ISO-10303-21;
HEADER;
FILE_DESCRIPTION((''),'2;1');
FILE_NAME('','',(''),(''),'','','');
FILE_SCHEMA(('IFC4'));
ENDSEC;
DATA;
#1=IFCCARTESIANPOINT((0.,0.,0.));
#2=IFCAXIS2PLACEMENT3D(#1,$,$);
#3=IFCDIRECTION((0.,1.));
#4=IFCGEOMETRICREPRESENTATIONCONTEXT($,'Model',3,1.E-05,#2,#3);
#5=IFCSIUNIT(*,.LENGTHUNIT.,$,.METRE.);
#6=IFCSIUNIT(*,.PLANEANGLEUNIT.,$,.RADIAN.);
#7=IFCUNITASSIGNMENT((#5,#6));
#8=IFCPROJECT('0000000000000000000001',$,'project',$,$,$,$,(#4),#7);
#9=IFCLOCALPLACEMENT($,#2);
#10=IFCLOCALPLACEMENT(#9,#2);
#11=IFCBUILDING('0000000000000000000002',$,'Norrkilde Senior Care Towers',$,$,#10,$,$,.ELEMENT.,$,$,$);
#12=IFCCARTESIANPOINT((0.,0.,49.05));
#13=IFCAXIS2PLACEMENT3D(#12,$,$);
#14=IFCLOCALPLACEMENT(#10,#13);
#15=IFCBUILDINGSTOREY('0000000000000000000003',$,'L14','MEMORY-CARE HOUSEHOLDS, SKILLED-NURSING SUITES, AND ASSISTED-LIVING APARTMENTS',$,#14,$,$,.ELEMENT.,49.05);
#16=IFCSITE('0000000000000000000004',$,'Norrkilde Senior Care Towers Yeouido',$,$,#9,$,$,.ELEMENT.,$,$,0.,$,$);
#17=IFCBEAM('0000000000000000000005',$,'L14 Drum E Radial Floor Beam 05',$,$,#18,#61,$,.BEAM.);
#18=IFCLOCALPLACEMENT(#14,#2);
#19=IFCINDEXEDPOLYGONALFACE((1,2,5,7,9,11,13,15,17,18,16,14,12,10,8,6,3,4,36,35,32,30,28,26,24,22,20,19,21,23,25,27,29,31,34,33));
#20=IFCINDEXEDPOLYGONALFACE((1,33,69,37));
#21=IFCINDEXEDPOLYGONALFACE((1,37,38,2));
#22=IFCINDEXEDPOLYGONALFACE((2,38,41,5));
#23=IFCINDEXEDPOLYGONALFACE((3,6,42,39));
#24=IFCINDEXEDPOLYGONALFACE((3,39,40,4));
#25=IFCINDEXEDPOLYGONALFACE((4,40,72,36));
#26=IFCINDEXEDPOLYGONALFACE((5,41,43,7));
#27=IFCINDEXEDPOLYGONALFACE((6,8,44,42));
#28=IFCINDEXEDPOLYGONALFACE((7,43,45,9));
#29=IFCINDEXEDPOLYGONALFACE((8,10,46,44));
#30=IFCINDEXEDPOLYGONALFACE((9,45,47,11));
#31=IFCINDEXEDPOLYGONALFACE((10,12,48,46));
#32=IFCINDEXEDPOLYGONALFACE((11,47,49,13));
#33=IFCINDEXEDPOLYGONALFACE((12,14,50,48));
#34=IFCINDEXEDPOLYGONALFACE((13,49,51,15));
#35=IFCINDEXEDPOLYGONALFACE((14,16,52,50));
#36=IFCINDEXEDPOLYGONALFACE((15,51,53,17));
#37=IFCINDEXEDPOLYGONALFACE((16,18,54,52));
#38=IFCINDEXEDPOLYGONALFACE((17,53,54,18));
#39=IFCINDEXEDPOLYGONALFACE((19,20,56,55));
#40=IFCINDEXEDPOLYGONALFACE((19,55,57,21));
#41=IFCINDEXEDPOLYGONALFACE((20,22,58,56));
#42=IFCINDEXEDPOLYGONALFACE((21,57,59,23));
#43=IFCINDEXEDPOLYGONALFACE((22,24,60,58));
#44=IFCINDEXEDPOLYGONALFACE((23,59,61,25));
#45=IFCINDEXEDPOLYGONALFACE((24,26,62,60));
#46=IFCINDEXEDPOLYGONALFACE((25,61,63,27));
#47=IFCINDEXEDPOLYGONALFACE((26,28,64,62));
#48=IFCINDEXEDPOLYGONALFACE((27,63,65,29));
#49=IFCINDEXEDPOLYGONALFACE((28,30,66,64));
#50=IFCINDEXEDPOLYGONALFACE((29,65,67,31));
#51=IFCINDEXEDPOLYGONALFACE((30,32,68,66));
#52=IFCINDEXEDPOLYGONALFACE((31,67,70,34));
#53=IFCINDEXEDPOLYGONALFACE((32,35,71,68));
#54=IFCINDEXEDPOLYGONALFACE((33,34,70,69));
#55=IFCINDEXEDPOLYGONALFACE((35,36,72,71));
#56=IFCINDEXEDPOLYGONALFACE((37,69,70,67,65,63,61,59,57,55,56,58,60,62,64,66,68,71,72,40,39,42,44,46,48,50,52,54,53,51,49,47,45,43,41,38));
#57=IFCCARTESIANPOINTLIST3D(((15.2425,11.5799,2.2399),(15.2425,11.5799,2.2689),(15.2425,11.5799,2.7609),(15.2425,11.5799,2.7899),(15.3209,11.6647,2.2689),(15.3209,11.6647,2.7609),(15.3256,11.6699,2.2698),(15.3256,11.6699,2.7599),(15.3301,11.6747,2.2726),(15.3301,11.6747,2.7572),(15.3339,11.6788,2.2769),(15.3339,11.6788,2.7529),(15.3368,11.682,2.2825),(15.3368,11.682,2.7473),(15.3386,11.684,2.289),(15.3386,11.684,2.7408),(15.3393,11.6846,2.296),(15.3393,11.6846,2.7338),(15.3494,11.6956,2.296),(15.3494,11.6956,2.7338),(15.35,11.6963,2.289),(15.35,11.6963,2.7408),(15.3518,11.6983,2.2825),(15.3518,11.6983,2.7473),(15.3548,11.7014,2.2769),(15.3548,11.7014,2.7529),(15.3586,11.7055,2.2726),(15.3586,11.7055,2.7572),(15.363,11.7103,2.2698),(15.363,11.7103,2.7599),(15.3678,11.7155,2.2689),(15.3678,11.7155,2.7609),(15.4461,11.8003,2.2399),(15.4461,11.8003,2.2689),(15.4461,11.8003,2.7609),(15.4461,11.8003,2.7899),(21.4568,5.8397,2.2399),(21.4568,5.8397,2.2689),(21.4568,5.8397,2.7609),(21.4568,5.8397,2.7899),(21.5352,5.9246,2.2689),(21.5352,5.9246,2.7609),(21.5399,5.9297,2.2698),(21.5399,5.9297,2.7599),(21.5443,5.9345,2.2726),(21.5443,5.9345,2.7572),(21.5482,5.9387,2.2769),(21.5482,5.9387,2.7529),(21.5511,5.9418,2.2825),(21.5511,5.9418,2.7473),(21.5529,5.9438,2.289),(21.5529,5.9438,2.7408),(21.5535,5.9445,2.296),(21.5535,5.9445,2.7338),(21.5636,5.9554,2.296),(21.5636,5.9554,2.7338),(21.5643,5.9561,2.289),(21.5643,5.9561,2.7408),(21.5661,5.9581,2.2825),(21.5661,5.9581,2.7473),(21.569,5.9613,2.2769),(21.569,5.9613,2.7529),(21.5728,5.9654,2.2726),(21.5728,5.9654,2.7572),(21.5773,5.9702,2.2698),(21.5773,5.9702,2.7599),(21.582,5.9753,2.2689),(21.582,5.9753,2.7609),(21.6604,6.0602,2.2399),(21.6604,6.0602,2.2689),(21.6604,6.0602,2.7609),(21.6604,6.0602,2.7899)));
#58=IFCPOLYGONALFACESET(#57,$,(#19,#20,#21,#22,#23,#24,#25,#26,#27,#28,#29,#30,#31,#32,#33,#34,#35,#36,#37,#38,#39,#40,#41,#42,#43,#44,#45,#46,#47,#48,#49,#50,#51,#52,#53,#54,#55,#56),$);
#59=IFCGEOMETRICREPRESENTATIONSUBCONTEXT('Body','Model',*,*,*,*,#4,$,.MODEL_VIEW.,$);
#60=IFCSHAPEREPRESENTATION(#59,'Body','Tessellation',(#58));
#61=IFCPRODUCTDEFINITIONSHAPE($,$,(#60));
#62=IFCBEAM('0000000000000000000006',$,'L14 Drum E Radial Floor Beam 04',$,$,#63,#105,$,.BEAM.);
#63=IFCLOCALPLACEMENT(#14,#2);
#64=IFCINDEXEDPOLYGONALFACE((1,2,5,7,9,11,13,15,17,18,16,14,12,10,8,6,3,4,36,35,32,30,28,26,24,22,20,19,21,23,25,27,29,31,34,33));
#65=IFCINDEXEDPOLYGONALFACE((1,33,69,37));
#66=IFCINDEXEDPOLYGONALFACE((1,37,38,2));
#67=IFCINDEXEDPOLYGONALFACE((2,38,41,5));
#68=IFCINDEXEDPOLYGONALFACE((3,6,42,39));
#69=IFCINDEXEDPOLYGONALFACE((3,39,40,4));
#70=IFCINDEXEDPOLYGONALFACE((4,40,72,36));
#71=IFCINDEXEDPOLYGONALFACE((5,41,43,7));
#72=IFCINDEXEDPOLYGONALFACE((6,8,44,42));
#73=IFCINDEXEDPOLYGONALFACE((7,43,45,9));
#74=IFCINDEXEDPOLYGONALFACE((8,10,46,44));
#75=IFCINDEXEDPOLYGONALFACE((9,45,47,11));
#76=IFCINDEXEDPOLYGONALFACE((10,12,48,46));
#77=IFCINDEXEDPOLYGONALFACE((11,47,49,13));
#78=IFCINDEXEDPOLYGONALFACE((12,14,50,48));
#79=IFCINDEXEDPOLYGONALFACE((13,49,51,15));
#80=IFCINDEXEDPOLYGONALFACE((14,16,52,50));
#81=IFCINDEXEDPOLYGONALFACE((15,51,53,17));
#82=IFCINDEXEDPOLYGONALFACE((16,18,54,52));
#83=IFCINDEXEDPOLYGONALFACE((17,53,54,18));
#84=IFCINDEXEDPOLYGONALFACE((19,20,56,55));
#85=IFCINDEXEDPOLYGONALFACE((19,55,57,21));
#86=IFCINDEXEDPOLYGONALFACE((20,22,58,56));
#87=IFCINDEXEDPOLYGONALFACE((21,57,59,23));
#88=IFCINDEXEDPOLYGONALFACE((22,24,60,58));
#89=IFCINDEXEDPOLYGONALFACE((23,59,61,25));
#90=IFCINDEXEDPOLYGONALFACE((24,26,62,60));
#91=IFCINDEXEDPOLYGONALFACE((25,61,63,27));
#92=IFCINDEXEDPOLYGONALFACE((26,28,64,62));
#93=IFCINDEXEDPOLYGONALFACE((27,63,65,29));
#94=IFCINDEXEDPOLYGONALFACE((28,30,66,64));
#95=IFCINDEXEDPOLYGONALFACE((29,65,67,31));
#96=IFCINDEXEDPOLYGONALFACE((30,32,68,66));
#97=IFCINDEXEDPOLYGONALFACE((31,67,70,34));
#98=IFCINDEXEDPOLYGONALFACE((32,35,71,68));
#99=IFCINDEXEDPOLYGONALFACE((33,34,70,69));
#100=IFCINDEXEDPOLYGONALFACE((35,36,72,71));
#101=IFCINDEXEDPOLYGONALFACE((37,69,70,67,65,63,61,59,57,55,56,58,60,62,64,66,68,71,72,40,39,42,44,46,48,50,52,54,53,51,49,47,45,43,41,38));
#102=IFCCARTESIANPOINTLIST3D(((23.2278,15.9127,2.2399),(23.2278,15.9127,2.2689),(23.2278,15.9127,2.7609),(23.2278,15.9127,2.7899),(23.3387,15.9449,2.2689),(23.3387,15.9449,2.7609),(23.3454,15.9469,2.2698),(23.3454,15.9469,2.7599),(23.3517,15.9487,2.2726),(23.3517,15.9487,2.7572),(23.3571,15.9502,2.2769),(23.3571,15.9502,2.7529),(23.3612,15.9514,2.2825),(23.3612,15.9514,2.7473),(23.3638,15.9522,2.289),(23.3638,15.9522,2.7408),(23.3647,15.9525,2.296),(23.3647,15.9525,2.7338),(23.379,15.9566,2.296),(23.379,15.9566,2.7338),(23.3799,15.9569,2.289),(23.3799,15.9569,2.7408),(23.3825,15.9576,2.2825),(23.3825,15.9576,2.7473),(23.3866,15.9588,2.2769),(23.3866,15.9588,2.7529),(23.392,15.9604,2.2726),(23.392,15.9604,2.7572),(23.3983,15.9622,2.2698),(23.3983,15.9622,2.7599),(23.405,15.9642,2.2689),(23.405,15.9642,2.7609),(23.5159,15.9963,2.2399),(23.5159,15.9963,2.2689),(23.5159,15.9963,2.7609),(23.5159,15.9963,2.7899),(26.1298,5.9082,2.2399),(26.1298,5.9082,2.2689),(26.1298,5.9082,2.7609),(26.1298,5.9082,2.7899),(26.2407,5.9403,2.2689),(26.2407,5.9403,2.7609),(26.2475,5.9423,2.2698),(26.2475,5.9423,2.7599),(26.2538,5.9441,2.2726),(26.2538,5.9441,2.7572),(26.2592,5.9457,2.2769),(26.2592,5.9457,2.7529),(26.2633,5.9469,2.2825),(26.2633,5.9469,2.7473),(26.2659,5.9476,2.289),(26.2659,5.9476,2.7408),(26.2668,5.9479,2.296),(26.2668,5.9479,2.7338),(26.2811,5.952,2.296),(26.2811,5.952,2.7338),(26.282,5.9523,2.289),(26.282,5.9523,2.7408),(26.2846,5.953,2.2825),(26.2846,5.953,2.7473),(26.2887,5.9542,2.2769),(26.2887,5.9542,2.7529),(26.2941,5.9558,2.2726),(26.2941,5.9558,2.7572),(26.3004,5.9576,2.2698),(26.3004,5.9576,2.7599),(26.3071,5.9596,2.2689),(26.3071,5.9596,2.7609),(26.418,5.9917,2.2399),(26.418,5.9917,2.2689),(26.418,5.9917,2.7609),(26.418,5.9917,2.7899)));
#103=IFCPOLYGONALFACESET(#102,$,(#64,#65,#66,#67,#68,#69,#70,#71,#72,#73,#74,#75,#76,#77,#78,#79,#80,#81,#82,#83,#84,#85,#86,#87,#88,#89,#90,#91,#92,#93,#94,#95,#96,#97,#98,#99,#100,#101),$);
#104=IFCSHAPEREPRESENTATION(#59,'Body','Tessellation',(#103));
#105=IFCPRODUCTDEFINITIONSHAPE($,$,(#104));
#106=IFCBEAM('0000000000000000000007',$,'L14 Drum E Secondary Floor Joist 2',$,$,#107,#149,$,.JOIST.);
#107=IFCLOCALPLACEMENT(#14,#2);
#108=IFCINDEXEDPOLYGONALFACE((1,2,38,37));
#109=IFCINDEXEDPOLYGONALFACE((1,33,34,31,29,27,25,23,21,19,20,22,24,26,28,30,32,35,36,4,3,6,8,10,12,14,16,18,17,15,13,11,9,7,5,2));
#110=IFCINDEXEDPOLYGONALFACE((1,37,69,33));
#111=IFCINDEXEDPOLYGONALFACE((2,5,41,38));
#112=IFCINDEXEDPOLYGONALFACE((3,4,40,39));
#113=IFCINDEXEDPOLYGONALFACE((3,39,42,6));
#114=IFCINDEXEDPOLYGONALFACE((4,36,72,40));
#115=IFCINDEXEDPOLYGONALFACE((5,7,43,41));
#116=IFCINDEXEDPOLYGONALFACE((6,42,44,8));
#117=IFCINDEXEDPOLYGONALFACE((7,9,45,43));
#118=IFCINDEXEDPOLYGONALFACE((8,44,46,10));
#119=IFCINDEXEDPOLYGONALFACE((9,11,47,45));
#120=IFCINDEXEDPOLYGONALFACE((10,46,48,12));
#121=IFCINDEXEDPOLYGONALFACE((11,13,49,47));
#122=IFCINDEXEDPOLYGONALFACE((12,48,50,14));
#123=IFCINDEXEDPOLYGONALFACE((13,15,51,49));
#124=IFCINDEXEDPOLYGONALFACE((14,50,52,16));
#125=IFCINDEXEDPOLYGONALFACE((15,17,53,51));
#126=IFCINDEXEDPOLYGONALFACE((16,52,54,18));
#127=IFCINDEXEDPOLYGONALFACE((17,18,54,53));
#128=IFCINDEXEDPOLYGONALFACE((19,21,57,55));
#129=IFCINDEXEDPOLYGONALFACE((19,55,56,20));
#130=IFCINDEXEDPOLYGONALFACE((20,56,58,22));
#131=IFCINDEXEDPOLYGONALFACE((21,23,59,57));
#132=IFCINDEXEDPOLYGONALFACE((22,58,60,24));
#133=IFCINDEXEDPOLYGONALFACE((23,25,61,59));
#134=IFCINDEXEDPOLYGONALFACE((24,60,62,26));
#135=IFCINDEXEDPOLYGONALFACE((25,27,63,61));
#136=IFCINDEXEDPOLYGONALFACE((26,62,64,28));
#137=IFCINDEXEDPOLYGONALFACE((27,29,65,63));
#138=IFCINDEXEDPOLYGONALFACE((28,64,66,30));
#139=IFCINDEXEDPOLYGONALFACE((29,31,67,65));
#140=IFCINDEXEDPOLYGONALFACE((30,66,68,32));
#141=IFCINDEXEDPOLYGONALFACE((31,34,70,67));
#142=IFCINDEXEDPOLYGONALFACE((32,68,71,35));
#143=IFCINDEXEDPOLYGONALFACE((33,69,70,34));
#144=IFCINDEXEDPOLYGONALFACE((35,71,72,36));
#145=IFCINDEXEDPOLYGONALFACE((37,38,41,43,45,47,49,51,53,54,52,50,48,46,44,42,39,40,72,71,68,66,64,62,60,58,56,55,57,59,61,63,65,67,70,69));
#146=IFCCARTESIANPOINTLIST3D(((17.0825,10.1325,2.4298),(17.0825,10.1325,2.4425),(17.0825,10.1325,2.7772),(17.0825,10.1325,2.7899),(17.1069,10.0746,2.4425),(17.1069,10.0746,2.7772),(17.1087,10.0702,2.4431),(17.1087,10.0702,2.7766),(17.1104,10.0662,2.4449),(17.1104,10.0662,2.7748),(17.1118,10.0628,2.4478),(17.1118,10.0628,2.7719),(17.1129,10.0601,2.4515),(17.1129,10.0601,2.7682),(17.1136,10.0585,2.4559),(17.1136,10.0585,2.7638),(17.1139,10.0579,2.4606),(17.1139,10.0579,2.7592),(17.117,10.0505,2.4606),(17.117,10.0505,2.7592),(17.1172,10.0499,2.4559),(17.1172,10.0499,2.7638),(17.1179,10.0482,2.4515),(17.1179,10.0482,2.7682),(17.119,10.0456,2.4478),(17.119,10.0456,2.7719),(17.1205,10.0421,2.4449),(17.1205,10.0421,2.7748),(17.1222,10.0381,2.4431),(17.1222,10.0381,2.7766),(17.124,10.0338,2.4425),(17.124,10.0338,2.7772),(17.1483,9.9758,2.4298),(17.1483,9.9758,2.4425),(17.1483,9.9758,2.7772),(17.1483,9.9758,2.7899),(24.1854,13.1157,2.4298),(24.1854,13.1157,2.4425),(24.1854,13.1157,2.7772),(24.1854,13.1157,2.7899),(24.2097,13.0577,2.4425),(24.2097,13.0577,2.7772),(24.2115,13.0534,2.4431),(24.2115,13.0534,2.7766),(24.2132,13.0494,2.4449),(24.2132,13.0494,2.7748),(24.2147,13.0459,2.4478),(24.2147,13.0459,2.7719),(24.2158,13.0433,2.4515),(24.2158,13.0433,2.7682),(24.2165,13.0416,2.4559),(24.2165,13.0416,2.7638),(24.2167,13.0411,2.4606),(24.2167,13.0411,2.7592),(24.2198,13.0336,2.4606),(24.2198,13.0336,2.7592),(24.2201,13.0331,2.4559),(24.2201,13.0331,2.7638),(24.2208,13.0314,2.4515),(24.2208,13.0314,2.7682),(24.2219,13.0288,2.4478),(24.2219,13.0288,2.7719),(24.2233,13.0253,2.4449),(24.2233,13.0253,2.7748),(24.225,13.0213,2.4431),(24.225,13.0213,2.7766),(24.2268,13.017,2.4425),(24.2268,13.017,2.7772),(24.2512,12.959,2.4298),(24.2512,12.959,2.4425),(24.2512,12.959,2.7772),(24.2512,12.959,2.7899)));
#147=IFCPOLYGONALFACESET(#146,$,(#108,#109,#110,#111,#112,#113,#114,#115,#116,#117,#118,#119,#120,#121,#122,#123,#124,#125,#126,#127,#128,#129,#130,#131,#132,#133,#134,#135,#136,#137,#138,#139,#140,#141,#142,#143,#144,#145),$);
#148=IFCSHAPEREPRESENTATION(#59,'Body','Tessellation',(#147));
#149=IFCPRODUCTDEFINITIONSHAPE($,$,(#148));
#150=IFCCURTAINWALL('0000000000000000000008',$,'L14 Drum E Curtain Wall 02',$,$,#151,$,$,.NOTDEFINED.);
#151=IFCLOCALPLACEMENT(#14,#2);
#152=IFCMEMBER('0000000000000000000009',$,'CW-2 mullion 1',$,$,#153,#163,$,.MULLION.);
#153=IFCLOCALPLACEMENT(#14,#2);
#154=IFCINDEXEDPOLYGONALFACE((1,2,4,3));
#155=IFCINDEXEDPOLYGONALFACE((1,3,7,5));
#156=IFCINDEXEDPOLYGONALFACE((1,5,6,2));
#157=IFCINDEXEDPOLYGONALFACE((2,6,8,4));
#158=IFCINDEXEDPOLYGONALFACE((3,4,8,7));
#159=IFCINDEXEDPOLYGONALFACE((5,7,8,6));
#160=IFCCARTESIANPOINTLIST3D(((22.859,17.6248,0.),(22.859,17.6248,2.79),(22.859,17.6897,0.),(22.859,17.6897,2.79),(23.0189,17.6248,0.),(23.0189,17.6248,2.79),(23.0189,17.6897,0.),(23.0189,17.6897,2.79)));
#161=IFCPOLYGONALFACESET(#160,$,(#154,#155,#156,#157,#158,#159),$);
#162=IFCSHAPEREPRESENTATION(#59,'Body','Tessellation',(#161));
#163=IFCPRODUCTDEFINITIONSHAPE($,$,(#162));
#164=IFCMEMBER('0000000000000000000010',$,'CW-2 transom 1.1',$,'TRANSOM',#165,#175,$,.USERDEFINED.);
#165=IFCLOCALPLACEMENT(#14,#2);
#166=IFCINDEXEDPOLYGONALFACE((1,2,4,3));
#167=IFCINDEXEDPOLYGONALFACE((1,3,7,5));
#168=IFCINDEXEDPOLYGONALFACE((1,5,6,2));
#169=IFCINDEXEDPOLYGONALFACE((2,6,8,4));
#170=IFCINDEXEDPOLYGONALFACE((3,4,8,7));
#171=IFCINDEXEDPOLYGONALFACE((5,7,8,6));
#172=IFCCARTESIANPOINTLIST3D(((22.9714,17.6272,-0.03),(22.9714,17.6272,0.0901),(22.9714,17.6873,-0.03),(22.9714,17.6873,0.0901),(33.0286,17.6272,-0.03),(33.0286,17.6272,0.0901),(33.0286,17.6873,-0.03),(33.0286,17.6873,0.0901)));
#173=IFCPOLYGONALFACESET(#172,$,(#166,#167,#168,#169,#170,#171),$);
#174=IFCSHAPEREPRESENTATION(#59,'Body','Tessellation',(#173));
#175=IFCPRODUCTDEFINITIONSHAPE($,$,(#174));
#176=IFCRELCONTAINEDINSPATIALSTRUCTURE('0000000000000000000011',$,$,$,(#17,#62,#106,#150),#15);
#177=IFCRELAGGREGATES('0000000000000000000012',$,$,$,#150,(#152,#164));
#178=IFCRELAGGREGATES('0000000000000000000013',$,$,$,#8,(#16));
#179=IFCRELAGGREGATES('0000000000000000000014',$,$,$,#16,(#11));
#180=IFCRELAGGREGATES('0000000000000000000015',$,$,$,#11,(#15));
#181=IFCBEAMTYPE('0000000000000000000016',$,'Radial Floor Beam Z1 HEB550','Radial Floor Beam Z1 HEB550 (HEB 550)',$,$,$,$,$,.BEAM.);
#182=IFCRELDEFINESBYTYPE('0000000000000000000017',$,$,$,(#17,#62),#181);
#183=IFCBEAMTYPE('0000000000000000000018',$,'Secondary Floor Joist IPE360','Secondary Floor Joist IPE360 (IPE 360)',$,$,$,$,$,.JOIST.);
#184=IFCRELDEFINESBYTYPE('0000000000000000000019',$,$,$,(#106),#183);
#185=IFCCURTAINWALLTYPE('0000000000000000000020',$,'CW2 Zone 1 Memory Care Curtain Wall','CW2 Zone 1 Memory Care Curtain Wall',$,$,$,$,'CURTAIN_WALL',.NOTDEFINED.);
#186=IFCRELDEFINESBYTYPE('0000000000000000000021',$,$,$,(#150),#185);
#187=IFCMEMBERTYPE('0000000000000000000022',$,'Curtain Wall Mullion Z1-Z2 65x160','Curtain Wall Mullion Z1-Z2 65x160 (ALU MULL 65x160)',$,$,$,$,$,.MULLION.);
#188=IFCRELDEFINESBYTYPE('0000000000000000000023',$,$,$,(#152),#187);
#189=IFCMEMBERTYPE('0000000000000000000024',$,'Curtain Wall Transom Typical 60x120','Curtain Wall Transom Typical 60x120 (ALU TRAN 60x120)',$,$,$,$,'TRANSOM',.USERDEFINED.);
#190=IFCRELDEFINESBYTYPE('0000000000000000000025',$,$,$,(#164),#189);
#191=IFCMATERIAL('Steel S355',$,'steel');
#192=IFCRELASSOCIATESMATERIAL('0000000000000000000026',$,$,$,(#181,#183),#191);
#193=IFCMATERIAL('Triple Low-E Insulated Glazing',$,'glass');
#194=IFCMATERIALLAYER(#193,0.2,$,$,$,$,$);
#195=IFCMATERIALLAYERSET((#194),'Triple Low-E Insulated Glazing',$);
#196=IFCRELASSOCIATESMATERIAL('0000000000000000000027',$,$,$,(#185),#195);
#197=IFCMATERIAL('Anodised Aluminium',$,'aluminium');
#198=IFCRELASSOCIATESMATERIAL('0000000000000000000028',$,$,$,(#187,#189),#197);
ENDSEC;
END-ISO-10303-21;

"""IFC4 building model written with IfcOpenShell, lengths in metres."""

from ifc_helpers import new_model, si_unit, direction, frame, origin, origin_2d, place, context, subcontext, project, spatial, rectangle, i_section, extrude, source, transform, mapped, material, layer, layer_set, material_profile, profile_set, type_object, type_shapes, element, aggregate, save


model = new_model("IFC4")

# Units and contexts
model_context = context("Model", 3, precision=1e-05, world=origin(), true_north=direction((0.0, 1.0)))
body_context = subcontext(model_context, "Body", "Model", "MODEL_VIEW")
ifc_project = project(units=[si_unit("LENGTHUNIT", "METRE"), si_unit("PLANEANGLEUNIT", "RADIAN")], contexts=[model_context])

# Site, building, storey
site_placement = place(None, origin())
site = spatial("IfcSite", under=ifc_project, at=site_placement, Name="Norrkilde Senior Care Towers Yeouido", CompositionType="ELEMENT", RefElevation=0.0)
building_placement = place(site_placement, origin())
building = spatial("IfcBuilding", under=site, at=building_placement, Name="Norrkilde Senior Care Towers", CompositionType="ELEMENT")
storey_placement = place(building_placement, frame((0.0, 0.0, 49.05)))
storey = spatial("IfcBuildingStorey", under=building, at=storey_placement, Name="L14", Description="MEMORY-CARE HOUSEHOLDS, SKILLED-NURSING SUITES, AND ASSISTED-LIVING APARTMENTS", CompositionType="ELEMENT", Elevation=49.05)

# Beams
ifc_material_1 = material(Name="Steel S355", Category="steel")
ifc_material_profile_1 = material_profile(ifc_material_1, i_section(OverallWidth=0.3, OverallDepth=0.55, WebThickness=0.0149, FlangeThickness=0.0291, FilletRadius=0.0271, at=origin_2d()), Name="HEB 550")
ifc_profile_set_1 = profile_set([ifc_material_profile_1], Name="Steel S355")
beam_type_1 = type_object("IfcBeamType", Name="Radial Floor Beam Z1 HEB550", Description="Radial Floor Beam Z1 HEB550 (HEB 550)", PredefinedType="BEAM", material=ifc_profile_set_1)
shared_shape_1 = source(origin(), body_context, "Body", "SweptSolid", [
    extrude(i_section(OverallWidth=0.3, OverallDepth=0.55, WebThickness=0.0149, FlangeThickness=0.0291, FilletRadius=0.0271, at=origin_2d()), origin(), (0.0, 0.0, 1.0), 8.4597),
])
beam_1_placement = place(storey_placement, frame((21.5586, 5.95, 2.5149), z_axis=(-0.734573, 0.678529, 0.0), x_axis=(-0.678529, -0.734573, 0.0)))
element("IfcBeam", 1, at=beam_1_placement, inside=storey, type_object=beam_type_1, Name="L14 Drum E Radial Floor Beam 05", PredefinedType="BEAM", context=body_context, shape_type="MappedRepresentation", body=[
    mapped(shared_shape_1, transform((0.0, 0.0, 0.0), x_axis=(1.0, 0.0, 0.0), y_axis=(0.0, 1.0, 0.0), z_axis=(0.0, 0.0, 1.0), scale=1.0)),
])
shared_shape_2 = source(origin(), body_context, "Body", "SweptSolid", [
    extrude(i_section(OverallWidth=0.3, OverallDepth=0.55, WebThickness=0.0149, FlangeThickness=0.0291, FilletRadius=0.0271, at=origin_2d()), origin(), (0.0, 0.0, 1.0), 10.417),
])
beam_2_placement = place(storey_placement, frame((26.2739, 5.95, 2.5149), z_axis=(-0.278591, 0.96041, 0.0), x_axis=(-0.96041, -0.278591, 0.0)))
element("IfcBeam", 2, at=beam_2_placement, inside=storey, type_object=beam_type_1, Name="L14 Drum E Radial Floor Beam 04", PredefinedType="BEAM", context=body_context, shape_type="MappedRepresentation", body=[
    mapped(shared_shape_2, transform((0.0, 0.0, 0.0), x_axis=(1.0, 0.0, 0.0), y_axis=(0.0, 1.0, 0.0), z_axis=(0.0, 0.0, 1.0), scale=1.0)),
])
ifc_material_profile_2 = material_profile(ifc_material_1, i_section(OverallWidth=0.1699, OverallDepth=0.3601, WebThickness=0.0081, FlangeThickness=0.0127, FilletRadius=0.0181, at=origin_2d()), Name="IPE 360")
ifc_profile_set_2 = profile_set([ifc_material_profile_2], Name="Steel S355")
beam_type_2 = type_object("IfcBeamType", Name="Secondary Floor Joist IPE360", Description="Secondary Floor Joist IPE360 (IPE 360)", PredefinedType="JOIST", material=ifc_profile_set_2)
shared_shape_3 = source(origin(), body_context, "Body", "SweptSolid", [
    extrude(i_section(OverallWidth=0.1699, OverallDepth=0.3601, WebThickness=0.0081, FlangeThickness=0.0127, FilletRadius=0.0181, at=origin_2d()), origin(), (0.0, 0.0, 1.0), 7.7039),
])
type_shapes(beam_type_2, [shared_shape_3])
beam_3_placement = place(storey_placement, frame((24.2183, 13.0374, 2.6099), z_axis=(-0.921983, -0.387231, 0.0), x_axis=(0.387231, -0.921983, 0.0)))
element("IfcBeam", 3, at=beam_3_placement, inside=storey, type_object=beam_type_2, Name="L14 Drum E Secondary Floor Joist 2", PredefinedType="JOIST", context=body_context, shape_type="MappedRepresentation", body=[
    mapped(shared_shape_3, transform((0.0, 0.0, 0.0), x_axis=(1.0, 0.0, 0.0), y_axis=(0.0, 1.0, 0.0), z_axis=(0.0, 0.0, 1.0), scale=1.0)),
])

# Curtain wall, members
ifc_material_2 = material(Name="Triple Low-E Insulated Glazing", Category="glass")
ifc_layer_1 = layer(ifc_material_2, 0.2)
ifc_layer_set_1 = layer_set([ifc_layer_1], Name="Triple Low-E Insulated Glazing")
curtain_wall_type = type_object("IfcCurtainWallType", Name="CW2 Zone 1 Memory Care Curtain Wall", Description="CW2 Zone 1 Memory Care Curtain Wall", ElementType="CURTAIN_WALL", PredefinedType="NOTDEFINED", material=ifc_layer_set_1)
curtain_wall_placement = place(storey_placement, origin())
curtain_wall = element("IfcCurtainWall", 4, at=curtain_wall_placement, inside=storey, type_object=curtain_wall_type, Name="L14 Drum E Curtain Wall 02", PredefinedType="NOTDEFINED")
ifc_material_3 = material(Name="Anodised Aluminium", Category="aluminium")
ifc_material_profile_3 = material_profile(ifc_material_3, rectangle(XDim=0.0649, YDim=0.1599, at=origin_2d()), Name="ALU MULL 65x160")
ifc_profile_set_3 = profile_set([ifc_material_profile_3], Name="Anodised Aluminium")
member_type_1 = type_object("IfcMemberType", Name="Curtain Wall Mullion Z1-Z2 65x160", Description="Curtain Wall Mullion Z1-Z2 65x160 (ALU MULL 65x160)", PredefinedType="MULLION", material=ifc_profile_set_3)
shared_shape_4 = source(origin(), body_context, "Body", "SweptSolid", [
    extrude(rectangle(XDim=0.0649, YDim=0.1599, at=origin_2d()), origin(), (0.0, 0.0, 1.0), 2.79),
])
type_shapes(member_type_1, [shared_shape_4])
member_1_placement = place(storey_placement, frame((22.939, 17.6572, 0.0), z_axis=(0.0, 0.0, 1.0), x_axis=(0.0, 1.0, 0.0)))
member_1 = element("IfcMember", 5, at=member_1_placement, type_object=member_type_1, Name="CW-2 mullion 1", PredefinedType="MULLION", context=body_context, shape_type="MappedRepresentation", body=[
    mapped(shared_shape_4, transform((0.0, 0.0, 0.0), x_axis=(1.0, 0.0, 0.0), y_axis=(0.0, 1.0, 0.0), z_axis=(0.0, 0.0, 1.0), scale=1.0)),
])
ifc_material_profile_4 = material_profile(ifc_material_3, rectangle(XDim=0.0601, YDim=0.1201, at=origin_2d()), Name="ALU TRAN 60x120")
ifc_profile_set_4 = profile_set([ifc_material_profile_4], Name="Anodised Aluminium")
member_type_2 = type_object("IfcMemberType", Name="Curtain Wall Transom Typical 60x120", Description="Curtain Wall Transom Typical 60x120 (ALU TRAN 60x120)", ElementType="TRANSOM", PredefinedType="USERDEFINED", material=ifc_profile_set_4)
shared_shape_5 = source(origin(), body_context, "Body", "SweptSolid", [
    extrude(rectangle(XDim=0.0601, YDim=0.1201, at=origin_2d()), origin(), (0.0, 0.0, 1.0), 10.0571),
])
type_shapes(member_type_2, [shared_shape_5])
member_2_placement = place(storey_placement, frame((22.9714, 17.6572, 0.03), z_axis=(1.0, 0.0, 0.0), x_axis=(0.0, 1.0, 0.0)))
member_2 = element("IfcMember", 6, at=member_2_placement, type_object=member_type_2, Name="CW-2 transom 1.1", ObjectType="TRANSOM", PredefinedType="USERDEFINED", context=body_context, shape_type="MappedRepresentation", body=[
    mapped(shared_shape_5, transform((0.0, 0.0, 0.0), x_axis=(1.0, 0.0, 0.0), y_axis=(0.0, 1.0, 0.0), z_axis=(0.0, 0.0, 1.0), scale=1.0)),
])
aggregate(curtain_wall, [member_1, member_2])

save(model, "model.ifc")
